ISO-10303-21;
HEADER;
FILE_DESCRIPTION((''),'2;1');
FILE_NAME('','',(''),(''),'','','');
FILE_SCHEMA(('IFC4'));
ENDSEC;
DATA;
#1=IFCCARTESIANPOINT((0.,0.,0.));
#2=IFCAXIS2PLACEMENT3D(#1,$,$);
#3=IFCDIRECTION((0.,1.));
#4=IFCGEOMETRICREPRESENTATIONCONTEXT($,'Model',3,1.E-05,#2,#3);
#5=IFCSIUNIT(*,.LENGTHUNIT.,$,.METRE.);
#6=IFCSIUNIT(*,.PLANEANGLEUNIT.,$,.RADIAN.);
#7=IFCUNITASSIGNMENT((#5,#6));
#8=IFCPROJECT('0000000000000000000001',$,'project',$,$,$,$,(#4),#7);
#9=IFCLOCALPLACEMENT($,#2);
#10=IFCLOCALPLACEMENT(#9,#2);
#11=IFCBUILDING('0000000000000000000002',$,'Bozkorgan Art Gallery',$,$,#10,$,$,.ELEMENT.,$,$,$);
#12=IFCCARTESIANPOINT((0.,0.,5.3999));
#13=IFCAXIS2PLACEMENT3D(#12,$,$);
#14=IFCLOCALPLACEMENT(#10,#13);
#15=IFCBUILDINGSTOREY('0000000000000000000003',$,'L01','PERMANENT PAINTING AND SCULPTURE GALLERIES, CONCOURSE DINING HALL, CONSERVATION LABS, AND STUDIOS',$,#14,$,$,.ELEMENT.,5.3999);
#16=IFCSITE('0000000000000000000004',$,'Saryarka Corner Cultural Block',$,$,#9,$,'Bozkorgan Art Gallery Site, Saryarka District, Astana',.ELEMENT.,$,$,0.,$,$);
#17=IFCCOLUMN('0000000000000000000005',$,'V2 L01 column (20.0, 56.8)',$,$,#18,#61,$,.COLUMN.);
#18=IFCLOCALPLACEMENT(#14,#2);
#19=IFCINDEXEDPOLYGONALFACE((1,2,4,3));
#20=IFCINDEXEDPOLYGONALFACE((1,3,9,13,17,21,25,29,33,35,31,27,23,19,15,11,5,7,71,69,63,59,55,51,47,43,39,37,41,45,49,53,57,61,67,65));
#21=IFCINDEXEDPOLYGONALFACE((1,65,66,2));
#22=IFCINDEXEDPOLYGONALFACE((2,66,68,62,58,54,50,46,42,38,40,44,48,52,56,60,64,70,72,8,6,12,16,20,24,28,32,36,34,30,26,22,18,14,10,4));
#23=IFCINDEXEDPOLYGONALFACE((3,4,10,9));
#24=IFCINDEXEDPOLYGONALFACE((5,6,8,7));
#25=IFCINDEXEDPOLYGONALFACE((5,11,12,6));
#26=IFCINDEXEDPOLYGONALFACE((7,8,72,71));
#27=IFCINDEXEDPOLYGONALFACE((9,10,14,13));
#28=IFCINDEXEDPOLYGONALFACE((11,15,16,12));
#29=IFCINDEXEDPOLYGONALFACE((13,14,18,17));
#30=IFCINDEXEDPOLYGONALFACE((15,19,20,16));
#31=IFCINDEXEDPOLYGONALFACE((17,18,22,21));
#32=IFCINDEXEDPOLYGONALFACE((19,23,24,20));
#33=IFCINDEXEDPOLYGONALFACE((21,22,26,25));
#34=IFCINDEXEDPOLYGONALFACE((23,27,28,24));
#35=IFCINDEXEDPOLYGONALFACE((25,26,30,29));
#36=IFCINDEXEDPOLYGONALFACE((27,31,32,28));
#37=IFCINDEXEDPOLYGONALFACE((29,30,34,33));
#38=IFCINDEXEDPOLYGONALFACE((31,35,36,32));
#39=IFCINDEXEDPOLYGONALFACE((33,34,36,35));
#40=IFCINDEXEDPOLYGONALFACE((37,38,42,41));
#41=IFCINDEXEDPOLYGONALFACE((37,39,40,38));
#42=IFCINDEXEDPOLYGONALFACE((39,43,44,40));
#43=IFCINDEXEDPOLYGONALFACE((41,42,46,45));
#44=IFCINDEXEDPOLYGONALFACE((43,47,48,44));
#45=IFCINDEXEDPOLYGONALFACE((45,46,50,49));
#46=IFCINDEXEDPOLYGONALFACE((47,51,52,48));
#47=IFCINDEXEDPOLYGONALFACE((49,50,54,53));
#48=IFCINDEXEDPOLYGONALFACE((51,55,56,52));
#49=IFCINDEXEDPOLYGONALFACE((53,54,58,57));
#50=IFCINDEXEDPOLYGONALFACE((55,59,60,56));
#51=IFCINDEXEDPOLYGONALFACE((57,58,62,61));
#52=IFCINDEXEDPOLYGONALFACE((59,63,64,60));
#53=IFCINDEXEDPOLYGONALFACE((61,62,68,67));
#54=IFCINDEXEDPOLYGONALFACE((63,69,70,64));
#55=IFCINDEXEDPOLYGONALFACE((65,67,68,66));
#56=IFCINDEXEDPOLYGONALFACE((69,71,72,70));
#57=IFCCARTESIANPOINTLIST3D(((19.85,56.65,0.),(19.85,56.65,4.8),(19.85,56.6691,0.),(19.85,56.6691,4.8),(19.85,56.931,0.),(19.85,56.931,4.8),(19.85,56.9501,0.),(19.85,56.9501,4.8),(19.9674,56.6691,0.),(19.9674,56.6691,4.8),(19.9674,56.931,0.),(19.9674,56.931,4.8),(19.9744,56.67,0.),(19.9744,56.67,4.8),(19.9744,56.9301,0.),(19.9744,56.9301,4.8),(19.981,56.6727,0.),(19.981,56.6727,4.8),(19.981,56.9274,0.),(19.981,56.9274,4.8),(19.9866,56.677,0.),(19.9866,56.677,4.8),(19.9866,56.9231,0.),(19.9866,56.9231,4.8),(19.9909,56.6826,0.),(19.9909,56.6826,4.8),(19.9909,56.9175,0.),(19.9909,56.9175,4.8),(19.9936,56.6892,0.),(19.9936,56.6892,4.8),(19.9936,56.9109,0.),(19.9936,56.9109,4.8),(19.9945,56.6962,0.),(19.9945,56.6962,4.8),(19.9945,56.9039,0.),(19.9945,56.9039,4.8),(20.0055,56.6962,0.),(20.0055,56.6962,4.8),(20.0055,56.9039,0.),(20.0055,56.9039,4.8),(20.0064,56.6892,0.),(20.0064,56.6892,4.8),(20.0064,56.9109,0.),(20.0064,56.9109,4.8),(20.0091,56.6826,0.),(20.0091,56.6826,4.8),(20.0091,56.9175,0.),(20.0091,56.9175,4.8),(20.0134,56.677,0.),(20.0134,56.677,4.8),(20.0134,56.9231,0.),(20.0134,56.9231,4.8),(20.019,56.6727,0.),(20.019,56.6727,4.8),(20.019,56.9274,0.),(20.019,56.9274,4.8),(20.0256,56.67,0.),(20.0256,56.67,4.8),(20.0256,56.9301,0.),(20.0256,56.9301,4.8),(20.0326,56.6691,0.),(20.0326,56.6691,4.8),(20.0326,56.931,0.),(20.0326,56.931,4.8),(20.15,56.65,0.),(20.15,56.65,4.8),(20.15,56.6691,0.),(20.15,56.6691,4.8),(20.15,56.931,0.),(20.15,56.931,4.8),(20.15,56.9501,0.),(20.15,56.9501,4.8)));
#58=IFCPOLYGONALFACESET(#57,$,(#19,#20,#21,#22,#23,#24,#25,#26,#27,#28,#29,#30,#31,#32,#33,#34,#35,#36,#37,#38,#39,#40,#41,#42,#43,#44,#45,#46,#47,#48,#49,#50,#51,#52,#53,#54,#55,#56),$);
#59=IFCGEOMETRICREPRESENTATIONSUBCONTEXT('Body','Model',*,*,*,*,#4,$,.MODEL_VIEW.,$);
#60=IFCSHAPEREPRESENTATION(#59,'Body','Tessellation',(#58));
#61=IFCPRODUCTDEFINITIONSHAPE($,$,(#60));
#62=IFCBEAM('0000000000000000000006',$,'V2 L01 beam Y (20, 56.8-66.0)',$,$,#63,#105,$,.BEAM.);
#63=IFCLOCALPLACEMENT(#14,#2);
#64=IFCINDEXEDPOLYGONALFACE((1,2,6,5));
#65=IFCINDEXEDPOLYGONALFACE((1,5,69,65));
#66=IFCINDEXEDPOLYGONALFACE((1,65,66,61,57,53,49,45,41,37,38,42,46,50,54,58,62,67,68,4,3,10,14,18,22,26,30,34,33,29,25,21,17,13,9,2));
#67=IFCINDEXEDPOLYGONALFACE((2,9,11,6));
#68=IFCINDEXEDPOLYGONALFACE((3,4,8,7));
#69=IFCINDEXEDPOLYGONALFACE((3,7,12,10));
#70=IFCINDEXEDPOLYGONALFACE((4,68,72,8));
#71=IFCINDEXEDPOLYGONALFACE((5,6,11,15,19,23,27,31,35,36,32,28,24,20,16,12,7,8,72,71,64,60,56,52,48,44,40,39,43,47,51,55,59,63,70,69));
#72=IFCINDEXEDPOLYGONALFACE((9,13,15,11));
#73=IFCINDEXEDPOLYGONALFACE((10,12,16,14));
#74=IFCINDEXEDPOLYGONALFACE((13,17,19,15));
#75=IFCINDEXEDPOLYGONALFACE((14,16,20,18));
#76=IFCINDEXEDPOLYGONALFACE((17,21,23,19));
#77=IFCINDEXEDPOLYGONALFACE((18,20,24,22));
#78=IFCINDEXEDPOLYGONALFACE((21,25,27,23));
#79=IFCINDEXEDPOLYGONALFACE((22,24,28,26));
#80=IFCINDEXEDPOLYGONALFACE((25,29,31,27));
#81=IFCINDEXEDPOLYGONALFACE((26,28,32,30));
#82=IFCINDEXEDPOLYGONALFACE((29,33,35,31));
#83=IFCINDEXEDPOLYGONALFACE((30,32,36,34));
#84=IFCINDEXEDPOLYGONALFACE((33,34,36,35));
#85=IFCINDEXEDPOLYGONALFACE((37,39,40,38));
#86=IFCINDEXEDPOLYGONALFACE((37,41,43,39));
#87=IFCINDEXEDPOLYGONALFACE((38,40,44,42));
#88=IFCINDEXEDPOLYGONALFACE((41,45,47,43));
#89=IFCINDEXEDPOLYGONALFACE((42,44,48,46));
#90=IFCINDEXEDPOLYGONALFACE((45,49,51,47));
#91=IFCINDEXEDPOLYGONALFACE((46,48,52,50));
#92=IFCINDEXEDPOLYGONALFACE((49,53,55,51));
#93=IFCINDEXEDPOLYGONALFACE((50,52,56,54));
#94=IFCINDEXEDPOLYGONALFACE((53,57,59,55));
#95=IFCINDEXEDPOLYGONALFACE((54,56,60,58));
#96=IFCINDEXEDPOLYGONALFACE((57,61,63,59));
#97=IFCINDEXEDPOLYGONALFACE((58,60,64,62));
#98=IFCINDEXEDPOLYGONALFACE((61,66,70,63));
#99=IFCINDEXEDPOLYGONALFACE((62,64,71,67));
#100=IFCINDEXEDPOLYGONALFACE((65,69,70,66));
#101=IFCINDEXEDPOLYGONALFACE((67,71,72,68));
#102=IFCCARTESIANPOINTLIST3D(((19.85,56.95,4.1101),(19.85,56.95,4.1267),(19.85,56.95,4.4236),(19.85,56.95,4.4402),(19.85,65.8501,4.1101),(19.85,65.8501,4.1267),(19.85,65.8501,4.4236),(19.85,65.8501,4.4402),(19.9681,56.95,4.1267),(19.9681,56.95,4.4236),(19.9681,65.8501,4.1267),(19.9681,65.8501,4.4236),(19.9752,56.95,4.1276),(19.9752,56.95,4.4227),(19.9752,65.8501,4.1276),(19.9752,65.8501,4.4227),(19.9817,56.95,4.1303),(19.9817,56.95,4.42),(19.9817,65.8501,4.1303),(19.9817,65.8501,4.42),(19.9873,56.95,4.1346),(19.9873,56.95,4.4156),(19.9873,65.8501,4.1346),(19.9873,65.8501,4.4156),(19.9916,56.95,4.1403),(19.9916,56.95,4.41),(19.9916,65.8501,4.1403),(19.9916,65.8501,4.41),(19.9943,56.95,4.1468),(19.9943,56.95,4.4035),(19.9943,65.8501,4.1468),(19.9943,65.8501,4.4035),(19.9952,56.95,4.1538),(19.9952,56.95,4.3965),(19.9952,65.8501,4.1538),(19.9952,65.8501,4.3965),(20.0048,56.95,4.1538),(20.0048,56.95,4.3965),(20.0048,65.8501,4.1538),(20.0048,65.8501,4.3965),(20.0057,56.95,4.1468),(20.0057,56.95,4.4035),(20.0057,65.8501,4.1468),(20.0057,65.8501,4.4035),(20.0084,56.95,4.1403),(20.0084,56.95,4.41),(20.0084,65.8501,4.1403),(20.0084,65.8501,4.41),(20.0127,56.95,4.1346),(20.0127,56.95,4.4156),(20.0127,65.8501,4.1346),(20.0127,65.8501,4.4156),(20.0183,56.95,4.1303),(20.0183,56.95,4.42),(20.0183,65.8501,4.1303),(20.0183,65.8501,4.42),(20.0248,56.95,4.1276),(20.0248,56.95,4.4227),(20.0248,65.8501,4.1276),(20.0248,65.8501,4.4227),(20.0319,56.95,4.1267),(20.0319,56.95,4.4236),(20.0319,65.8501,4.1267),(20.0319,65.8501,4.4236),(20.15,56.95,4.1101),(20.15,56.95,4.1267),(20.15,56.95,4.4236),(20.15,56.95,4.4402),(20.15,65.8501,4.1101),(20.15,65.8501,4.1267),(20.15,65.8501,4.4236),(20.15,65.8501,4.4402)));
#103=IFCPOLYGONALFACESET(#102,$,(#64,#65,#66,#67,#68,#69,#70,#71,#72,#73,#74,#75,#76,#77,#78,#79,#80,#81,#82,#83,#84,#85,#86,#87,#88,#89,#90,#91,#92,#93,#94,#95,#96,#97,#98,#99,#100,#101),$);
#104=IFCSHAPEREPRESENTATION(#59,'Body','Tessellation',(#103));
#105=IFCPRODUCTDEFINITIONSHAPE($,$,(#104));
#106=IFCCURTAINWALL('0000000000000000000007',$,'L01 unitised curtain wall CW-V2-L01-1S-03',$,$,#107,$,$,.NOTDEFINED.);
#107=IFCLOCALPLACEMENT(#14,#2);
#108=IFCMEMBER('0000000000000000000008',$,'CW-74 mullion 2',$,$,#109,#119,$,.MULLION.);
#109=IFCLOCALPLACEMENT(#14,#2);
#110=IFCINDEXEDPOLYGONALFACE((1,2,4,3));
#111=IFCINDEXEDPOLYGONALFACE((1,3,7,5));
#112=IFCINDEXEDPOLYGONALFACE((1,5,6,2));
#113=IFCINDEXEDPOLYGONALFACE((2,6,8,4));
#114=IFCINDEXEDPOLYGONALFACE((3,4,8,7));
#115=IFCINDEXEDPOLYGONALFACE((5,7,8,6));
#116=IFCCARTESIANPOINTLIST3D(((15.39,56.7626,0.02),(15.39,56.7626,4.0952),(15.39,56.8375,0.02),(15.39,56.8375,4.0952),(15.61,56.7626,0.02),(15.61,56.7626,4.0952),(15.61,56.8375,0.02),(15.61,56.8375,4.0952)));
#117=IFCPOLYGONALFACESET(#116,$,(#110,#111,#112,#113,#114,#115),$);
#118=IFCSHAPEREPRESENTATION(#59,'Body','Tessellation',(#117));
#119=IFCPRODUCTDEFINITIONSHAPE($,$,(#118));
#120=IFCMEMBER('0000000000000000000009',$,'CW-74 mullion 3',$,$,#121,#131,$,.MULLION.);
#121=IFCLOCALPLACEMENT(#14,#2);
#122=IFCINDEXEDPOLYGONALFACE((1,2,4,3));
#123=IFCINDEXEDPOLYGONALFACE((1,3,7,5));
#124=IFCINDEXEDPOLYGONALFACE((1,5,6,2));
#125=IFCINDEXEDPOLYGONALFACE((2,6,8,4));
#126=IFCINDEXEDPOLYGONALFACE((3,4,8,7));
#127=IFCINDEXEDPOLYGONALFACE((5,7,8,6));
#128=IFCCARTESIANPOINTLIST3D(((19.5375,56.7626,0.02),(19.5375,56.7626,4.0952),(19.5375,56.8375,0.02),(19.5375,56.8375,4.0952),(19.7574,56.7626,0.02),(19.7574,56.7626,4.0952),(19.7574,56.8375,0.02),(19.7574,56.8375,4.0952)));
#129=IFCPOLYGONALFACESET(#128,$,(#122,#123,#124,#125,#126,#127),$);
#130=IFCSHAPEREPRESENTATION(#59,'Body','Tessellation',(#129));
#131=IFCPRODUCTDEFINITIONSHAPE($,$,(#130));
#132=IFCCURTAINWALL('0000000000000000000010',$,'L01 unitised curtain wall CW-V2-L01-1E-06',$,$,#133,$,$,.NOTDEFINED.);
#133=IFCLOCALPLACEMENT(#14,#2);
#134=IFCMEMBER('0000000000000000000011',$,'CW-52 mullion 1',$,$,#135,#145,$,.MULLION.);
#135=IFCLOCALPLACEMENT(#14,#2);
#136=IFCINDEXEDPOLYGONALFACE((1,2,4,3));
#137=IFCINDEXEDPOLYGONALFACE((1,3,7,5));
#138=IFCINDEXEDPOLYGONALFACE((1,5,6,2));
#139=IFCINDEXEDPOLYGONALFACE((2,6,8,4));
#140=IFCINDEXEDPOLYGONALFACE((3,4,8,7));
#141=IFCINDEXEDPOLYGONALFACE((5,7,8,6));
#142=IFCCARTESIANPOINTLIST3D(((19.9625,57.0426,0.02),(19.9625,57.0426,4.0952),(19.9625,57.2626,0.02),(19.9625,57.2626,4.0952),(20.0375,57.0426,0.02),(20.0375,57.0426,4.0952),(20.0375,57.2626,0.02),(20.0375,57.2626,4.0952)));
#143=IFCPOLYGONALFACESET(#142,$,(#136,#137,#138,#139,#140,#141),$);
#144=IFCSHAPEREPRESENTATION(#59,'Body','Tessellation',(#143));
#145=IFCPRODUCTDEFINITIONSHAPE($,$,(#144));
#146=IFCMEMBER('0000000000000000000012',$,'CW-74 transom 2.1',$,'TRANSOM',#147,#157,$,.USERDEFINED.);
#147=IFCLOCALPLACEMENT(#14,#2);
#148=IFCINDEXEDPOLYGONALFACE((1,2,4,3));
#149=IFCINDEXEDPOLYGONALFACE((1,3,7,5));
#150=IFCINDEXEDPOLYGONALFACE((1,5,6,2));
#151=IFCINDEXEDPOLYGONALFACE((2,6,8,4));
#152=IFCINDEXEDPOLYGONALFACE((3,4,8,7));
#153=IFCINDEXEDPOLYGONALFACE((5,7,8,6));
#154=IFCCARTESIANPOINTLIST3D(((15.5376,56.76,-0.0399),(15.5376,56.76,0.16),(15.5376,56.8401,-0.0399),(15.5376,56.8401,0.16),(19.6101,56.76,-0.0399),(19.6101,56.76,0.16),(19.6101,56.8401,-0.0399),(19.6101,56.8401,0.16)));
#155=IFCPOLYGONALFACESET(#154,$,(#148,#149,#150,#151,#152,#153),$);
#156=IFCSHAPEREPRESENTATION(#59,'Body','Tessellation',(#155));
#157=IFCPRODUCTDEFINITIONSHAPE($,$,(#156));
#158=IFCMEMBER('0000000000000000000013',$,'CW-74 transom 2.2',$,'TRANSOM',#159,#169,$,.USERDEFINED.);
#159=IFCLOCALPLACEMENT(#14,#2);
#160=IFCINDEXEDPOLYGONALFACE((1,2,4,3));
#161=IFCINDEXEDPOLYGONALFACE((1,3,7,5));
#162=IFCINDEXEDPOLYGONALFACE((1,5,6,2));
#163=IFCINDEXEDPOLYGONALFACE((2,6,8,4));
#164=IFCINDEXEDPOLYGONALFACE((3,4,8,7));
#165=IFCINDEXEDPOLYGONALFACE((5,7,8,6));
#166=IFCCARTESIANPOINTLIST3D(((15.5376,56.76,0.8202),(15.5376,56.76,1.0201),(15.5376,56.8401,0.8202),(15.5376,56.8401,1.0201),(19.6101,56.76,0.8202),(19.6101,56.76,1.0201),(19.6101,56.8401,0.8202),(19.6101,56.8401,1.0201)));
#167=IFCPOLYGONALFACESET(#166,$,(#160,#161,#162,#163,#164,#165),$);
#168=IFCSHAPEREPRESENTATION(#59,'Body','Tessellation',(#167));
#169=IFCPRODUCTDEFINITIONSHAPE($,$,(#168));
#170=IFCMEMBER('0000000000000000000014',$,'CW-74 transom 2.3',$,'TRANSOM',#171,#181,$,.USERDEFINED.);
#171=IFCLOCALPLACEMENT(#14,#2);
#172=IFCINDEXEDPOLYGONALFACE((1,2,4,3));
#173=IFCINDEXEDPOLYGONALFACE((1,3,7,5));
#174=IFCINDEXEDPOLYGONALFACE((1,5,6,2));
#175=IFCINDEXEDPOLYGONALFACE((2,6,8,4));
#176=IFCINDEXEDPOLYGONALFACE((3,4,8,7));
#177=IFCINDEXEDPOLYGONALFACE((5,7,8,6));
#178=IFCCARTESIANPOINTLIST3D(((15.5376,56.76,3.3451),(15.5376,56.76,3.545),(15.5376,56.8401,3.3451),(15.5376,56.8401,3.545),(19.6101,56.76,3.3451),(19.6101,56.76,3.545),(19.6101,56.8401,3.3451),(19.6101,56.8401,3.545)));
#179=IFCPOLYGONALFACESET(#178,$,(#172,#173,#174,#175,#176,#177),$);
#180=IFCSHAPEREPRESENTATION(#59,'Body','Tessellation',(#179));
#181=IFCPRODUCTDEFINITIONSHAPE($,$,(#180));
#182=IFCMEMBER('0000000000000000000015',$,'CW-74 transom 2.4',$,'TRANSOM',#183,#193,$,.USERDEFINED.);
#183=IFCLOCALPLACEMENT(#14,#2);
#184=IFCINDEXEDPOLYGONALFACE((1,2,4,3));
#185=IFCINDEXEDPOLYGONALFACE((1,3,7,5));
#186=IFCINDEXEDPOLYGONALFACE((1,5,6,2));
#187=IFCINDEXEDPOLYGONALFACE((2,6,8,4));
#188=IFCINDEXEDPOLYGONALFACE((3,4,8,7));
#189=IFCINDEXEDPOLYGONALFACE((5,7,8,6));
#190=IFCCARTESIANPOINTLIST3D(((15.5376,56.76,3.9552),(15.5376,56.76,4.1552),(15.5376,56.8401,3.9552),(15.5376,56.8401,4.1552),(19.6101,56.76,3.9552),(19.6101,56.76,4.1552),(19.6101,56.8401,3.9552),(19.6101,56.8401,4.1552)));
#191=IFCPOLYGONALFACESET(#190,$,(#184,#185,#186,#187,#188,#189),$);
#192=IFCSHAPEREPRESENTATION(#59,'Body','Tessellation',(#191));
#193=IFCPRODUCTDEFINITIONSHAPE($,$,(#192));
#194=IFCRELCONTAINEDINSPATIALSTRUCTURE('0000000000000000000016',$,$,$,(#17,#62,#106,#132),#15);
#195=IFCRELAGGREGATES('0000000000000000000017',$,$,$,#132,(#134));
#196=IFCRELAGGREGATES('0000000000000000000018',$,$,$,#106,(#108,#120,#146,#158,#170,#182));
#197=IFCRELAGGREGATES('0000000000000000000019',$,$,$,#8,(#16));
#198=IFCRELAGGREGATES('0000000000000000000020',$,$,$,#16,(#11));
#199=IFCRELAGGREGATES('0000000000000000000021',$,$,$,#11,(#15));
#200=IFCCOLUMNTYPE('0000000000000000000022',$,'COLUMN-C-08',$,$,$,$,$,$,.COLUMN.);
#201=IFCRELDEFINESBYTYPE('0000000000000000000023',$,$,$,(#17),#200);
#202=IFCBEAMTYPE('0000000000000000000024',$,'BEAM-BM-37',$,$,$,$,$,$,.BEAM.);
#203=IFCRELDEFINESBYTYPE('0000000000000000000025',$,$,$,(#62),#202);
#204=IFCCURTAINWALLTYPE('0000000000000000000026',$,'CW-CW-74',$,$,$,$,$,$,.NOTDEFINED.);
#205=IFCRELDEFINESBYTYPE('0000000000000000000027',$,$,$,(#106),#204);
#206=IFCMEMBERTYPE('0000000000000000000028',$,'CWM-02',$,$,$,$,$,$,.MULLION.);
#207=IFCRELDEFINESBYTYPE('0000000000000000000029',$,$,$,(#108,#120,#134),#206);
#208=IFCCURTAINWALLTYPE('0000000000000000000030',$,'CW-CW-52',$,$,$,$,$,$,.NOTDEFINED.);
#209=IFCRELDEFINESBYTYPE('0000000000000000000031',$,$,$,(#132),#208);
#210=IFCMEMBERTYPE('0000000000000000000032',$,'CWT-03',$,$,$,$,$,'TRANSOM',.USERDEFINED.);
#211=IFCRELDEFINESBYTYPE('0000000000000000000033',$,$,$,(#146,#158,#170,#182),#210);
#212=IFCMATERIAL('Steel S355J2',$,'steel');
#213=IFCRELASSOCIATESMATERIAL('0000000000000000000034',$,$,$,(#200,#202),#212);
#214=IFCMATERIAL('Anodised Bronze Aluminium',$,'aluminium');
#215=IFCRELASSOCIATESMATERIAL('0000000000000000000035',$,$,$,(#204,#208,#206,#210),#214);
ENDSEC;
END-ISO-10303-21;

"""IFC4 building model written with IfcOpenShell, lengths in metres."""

from ifc_helpers import new_model, si_unit, direction, frame, origin, origin_2d, place, context, subcontext, project, spatial, rectangle, i_section, extrude, material, material_profile, profile_set, type_object, element, aggregate, save


model = new_model("IFC4")

# Units and contexts
model_context = context("Model", 3, precision=1e-05, world=origin(), true_north=direction((0.0, 1.0)))
body_context = subcontext(model_context, "Body", "Model", "MODEL_VIEW")
ifc_project = project(units=[si_unit("LENGTHUNIT", "METRE"), si_unit("PLANEANGLEUNIT", "RADIAN")], contexts=[model_context])

# Site, building, storey
site_placement = place(None, origin())
site = spatial("IfcSite", under=ifc_project, at=site_placement, Name="Saryarka Corner Cultural Block", LongName="Bozkorgan Art Gallery Site, Saryarka District, Astana", CompositionType="ELEMENT", RefElevation=0.0)
building_placement = place(site_placement, origin())
building = spatial("IfcBuilding", under=site, at=building_placement, Name="Bozkorgan Art Gallery", CompositionType="ELEMENT")
storey_placement = place(building_placement, frame((0.0, 0.0, 5.3999)))
storey = spatial("IfcBuildingStorey", under=building, at=storey_placement, Name="L01", Description="PERMANENT PAINTING AND SCULPTURE GALLERIES, CONCOURSE DINING HALL, CONSERVATION LABS, AND STUDIOS", CompositionType="ELEMENT", Elevation=5.3999)

# Column
ifc_material_1 = material(Name="Steel S355J2", Category="steel")
ifc_material_profile_1 = material_profile(ifc_material_1, i_section(OverallWidth=0.3, OverallDepth=0.3, WebThickness=0.011, FlangeThickness=0.019, FilletRadius=0.0271, at=origin_2d()), Name="HEB 300")
ifc_profile_set_1 = profile_set([ifc_material_profile_1], Name="Steel S355J2")
column_type = type_object("IfcColumnType", Name="COLUMN-C-08", PredefinedType="COLUMN", material=ifc_profile_set_1)
column_placement = place(storey_placement, frame((20.0, 56.8, 0.0), z_axis=(0.0, 0.0, 1.0), x_axis=(1.0, 0.0, 0.0)))
element("IfcColumn", 1, at=column_placement, inside=storey, type_object=column_type, Name="V2 L01 column (20.0, 56.8)", PredefinedType="COLUMN", context=body_context, shape_type="SweptSolid", body=[
    extrude(i_section(OverallWidth=0.3, OverallDepth=0.3, WebThickness=0.011, FlangeThickness=0.019, FilletRadius=0.0271, at=origin_2d()), origin(), (0.0, 0.0, 1.0), 4.8),
])

# Beam
ifc_material_profile_2 = material_profile(ifc_material_1, i_section(OverallWidth=0.3, OverallDepth=0.3301, WebThickness=0.0095, FlangeThickness=0.0166, FilletRadius=0.0271, at=origin_2d()), Name="HEA 340")
ifc_profile_set_2 = profile_set([ifc_material_profile_2], Name="Steel S355J2")
beam_type = type_object("IfcBeamType", Name="BEAM-BM-37", PredefinedType="BEAM", material=ifc_profile_set_2)
beam_placement = place(storey_placement, frame((20.0, 56.95, 4.2751), z_axis=(0.0, 1.0, 0.0), x_axis=(-1.0, 0.0, 0.0)))
element("IfcBeam", 2, at=beam_placement, inside=storey, type_object=beam_type, Name="V2 L01 beam Y (20, 56.8-66.0)", PredefinedType="BEAM", context=body_context, shape_type="SweptSolid", body=[
    extrude(i_section(OverallWidth=0.3, OverallDepth=0.3301, WebThickness=0.0095, FlangeThickness=0.0166, FilletRadius=0.0271, at=origin_2d()), origin(), (0.0, 0.0, 1.0), 8.9001),
])

# Curtain wall, members
ifc_material_2 = material(Name="Anodised Bronze Aluminium", Category="aluminium")
curtain_wall_type_1 = type_object("IfcCurtainWallType", Name="CW-CW-74", PredefinedType="NOTDEFINED", material=ifc_material_2)
curtain_wall_1_placement = place(storey_placement, origin())
curtain_wall_1 = element("IfcCurtainWall", 3, at=curtain_wall_1_placement, inside=storey, type_object=curtain_wall_type_1, Name="L01 unitised curtain wall CW-V2-L01-1S-03", PredefinedType="NOTDEFINED")
ifc_material_profile_3 = material_profile(ifc_material_2, rectangle(XDim=0.075, YDim=0.22, at=origin_2d()), Name="ALU MULLION 75x220")
ifc_profile_set_3 = profile_set([ifc_material_profile_3], Name="Anodised Bronze Aluminium")
member_type_1 = type_object("IfcMemberType", Name="CWM-02", PredefinedType="MULLION", material=ifc_profile_set_3)
member_1_placement = place(storey_placement, frame((15.5, 56.8, 0.02), z_axis=(0.0, 0.0, 1.0), x_axis=(0.0, 1.0, 0.0)))
member_1 = element("IfcMember", 4, at=member_1_placement, type_object=member_type_1, Name="CW-74 mullion 2", PredefinedType="MULLION", context=body_context, shape_type="SweptSolid", body=[
    extrude(rectangle(XDim=0.075, YDim=0.22, at=origin_2d()), origin(), (0.0, 0.0, 1.0), 4.0752),
])
member_2_placement = place(storey_placement, frame((19.6475, 56.8, 0.02), z_axis=(0.0, 0.0, 1.0), x_axis=(0.0, 1.0, 0.0)))
member_2 = element("IfcMember", 5, at=member_2_placement, type_object=member_type_1, Name="CW-74 mullion 3", PredefinedType="MULLION", context=body_context, shape_type="SweptSolid", body=[
    extrude(rectangle(XDim=0.075, YDim=0.22, at=origin_2d()), origin(), (0.0, 0.0, 1.0), 4.0752),
])

# Curtain wall, member
curtain_wall_type_2 = type_object("IfcCurtainWallType", Name="CW-CW-52", PredefinedType="NOTDEFINED", material=ifc_material_2)
curtain_wall_2_placement = place(storey_placement, origin())
curtain_wall_2 = element("IfcCurtainWall", 6, at=curtain_wall_2_placement, inside=storey, type_object=curtain_wall_type_2, Name="L01 unitised curtain wall CW-V2-L01-1E-06", PredefinedType="NOTDEFINED")
member_3_placement = place(storey_placement, frame((20.0, 57.1526, 0.02), z_axis=(0.0, 0.0, 1.0), x_axis=(-1.0, 0.0, 0.0)))
member_3 = element("IfcMember", 7, at=member_3_placement, type_object=member_type_1, Name="CW-52 mullion 1", PredefinedType="MULLION", context=body_context, shape_type="SweptSolid", body=[
    extrude(rectangle(XDim=0.075, YDim=0.22, at=origin_2d()), origin(), (0.0, 0.0, 1.0), 4.0752),
])

# Members
ifc_material_profile_4 = material_profile(ifc_material_2, rectangle(XDim=0.0801, YDim=0.2, at=origin_2d()), Name="ALU TRANSOM 80x200")
ifc_profile_set_4 = profile_set([ifc_material_profile_4], Name="Anodised Bronze Aluminium")
member_type_2 = type_object("IfcMemberType", Name="CWT-03", ElementType="TRANSOM", PredefinedType="USERDEFINED", material=ifc_profile_set_4)
member_4_placement = place(storey_placement, frame((15.5376, 56.8, 0.0601), z_axis=(1.0, 0.0, 0.0), x_axis=(0.0, 1.0, 0.0)))
member_4 = element("IfcMember", 8, at=member_4_placement, type_object=member_type_2, Name="CW-74 transom 2.1", ObjectType="TRANSOM", PredefinedType="USERDEFINED", context=body_context, shape_type="SweptSolid", body=[
    extrude(rectangle(XDim=0.0801, YDim=0.2, at=origin_2d()), origin(), (0.0, 0.0, 1.0), 4.0725),
])
member_5_placement = place(storey_placement, frame((15.5376, 56.8, 0.9202), z_axis=(1.0, 0.0, 0.0), x_axis=(0.0, 1.0, 0.0)))
member_5 = element("IfcMember", 9, at=member_5_placement, type_object=member_type_2, Name="CW-74 transom 2.2", ObjectType="TRANSOM", PredefinedType="USERDEFINED", context=body_context, shape_type="SweptSolid", body=[
    extrude(rectangle(XDim=0.0801, YDim=0.2, at=origin_2d()), origin(), (0.0, 0.0, 1.0), 4.0725),
])
member_6_placement = place(storey_placement, frame((15.5376, 56.8, 3.4451), z_axis=(1.0, 0.0, 0.0), x_axis=(0.0, 1.0, 0.0)))
member_6 = element("IfcMember", 10, at=member_6_placement, type_object=member_type_2, Name="CW-74 transom 2.3", ObjectType="TRANSOM", PredefinedType="USERDEFINED", context=body_context, shape_type="SweptSolid", body=[
    extrude(rectangle(XDim=0.0801, YDim=0.2, at=origin_2d()), origin(), (0.0, 0.0, 1.0), 4.0725),
])
member_7_placement = place(storey_placement, frame((15.5376, 56.8, 4.0552), z_axis=(1.0, 0.0, 0.0), x_axis=(0.0, 1.0, 0.0)))
member_7 = element("IfcMember", 11, at=member_7_placement, type_object=member_type_2, Name="CW-74 transom 2.4", ObjectType="TRANSOM", PredefinedType="USERDEFINED", context=body_context, shape_type="SweptSolid", body=[
    extrude(rectangle(XDim=0.0801, YDim=0.2, at=origin_2d()), origin(), (0.0, 0.0, 1.0), 4.0725),
])
aggregate(curtain_wall_2, [member_3])

aggregate(curtain_wall_1, [member_1, member_2, member_4, member_5, member_6, member_7])

save(model, "model.ifc")
